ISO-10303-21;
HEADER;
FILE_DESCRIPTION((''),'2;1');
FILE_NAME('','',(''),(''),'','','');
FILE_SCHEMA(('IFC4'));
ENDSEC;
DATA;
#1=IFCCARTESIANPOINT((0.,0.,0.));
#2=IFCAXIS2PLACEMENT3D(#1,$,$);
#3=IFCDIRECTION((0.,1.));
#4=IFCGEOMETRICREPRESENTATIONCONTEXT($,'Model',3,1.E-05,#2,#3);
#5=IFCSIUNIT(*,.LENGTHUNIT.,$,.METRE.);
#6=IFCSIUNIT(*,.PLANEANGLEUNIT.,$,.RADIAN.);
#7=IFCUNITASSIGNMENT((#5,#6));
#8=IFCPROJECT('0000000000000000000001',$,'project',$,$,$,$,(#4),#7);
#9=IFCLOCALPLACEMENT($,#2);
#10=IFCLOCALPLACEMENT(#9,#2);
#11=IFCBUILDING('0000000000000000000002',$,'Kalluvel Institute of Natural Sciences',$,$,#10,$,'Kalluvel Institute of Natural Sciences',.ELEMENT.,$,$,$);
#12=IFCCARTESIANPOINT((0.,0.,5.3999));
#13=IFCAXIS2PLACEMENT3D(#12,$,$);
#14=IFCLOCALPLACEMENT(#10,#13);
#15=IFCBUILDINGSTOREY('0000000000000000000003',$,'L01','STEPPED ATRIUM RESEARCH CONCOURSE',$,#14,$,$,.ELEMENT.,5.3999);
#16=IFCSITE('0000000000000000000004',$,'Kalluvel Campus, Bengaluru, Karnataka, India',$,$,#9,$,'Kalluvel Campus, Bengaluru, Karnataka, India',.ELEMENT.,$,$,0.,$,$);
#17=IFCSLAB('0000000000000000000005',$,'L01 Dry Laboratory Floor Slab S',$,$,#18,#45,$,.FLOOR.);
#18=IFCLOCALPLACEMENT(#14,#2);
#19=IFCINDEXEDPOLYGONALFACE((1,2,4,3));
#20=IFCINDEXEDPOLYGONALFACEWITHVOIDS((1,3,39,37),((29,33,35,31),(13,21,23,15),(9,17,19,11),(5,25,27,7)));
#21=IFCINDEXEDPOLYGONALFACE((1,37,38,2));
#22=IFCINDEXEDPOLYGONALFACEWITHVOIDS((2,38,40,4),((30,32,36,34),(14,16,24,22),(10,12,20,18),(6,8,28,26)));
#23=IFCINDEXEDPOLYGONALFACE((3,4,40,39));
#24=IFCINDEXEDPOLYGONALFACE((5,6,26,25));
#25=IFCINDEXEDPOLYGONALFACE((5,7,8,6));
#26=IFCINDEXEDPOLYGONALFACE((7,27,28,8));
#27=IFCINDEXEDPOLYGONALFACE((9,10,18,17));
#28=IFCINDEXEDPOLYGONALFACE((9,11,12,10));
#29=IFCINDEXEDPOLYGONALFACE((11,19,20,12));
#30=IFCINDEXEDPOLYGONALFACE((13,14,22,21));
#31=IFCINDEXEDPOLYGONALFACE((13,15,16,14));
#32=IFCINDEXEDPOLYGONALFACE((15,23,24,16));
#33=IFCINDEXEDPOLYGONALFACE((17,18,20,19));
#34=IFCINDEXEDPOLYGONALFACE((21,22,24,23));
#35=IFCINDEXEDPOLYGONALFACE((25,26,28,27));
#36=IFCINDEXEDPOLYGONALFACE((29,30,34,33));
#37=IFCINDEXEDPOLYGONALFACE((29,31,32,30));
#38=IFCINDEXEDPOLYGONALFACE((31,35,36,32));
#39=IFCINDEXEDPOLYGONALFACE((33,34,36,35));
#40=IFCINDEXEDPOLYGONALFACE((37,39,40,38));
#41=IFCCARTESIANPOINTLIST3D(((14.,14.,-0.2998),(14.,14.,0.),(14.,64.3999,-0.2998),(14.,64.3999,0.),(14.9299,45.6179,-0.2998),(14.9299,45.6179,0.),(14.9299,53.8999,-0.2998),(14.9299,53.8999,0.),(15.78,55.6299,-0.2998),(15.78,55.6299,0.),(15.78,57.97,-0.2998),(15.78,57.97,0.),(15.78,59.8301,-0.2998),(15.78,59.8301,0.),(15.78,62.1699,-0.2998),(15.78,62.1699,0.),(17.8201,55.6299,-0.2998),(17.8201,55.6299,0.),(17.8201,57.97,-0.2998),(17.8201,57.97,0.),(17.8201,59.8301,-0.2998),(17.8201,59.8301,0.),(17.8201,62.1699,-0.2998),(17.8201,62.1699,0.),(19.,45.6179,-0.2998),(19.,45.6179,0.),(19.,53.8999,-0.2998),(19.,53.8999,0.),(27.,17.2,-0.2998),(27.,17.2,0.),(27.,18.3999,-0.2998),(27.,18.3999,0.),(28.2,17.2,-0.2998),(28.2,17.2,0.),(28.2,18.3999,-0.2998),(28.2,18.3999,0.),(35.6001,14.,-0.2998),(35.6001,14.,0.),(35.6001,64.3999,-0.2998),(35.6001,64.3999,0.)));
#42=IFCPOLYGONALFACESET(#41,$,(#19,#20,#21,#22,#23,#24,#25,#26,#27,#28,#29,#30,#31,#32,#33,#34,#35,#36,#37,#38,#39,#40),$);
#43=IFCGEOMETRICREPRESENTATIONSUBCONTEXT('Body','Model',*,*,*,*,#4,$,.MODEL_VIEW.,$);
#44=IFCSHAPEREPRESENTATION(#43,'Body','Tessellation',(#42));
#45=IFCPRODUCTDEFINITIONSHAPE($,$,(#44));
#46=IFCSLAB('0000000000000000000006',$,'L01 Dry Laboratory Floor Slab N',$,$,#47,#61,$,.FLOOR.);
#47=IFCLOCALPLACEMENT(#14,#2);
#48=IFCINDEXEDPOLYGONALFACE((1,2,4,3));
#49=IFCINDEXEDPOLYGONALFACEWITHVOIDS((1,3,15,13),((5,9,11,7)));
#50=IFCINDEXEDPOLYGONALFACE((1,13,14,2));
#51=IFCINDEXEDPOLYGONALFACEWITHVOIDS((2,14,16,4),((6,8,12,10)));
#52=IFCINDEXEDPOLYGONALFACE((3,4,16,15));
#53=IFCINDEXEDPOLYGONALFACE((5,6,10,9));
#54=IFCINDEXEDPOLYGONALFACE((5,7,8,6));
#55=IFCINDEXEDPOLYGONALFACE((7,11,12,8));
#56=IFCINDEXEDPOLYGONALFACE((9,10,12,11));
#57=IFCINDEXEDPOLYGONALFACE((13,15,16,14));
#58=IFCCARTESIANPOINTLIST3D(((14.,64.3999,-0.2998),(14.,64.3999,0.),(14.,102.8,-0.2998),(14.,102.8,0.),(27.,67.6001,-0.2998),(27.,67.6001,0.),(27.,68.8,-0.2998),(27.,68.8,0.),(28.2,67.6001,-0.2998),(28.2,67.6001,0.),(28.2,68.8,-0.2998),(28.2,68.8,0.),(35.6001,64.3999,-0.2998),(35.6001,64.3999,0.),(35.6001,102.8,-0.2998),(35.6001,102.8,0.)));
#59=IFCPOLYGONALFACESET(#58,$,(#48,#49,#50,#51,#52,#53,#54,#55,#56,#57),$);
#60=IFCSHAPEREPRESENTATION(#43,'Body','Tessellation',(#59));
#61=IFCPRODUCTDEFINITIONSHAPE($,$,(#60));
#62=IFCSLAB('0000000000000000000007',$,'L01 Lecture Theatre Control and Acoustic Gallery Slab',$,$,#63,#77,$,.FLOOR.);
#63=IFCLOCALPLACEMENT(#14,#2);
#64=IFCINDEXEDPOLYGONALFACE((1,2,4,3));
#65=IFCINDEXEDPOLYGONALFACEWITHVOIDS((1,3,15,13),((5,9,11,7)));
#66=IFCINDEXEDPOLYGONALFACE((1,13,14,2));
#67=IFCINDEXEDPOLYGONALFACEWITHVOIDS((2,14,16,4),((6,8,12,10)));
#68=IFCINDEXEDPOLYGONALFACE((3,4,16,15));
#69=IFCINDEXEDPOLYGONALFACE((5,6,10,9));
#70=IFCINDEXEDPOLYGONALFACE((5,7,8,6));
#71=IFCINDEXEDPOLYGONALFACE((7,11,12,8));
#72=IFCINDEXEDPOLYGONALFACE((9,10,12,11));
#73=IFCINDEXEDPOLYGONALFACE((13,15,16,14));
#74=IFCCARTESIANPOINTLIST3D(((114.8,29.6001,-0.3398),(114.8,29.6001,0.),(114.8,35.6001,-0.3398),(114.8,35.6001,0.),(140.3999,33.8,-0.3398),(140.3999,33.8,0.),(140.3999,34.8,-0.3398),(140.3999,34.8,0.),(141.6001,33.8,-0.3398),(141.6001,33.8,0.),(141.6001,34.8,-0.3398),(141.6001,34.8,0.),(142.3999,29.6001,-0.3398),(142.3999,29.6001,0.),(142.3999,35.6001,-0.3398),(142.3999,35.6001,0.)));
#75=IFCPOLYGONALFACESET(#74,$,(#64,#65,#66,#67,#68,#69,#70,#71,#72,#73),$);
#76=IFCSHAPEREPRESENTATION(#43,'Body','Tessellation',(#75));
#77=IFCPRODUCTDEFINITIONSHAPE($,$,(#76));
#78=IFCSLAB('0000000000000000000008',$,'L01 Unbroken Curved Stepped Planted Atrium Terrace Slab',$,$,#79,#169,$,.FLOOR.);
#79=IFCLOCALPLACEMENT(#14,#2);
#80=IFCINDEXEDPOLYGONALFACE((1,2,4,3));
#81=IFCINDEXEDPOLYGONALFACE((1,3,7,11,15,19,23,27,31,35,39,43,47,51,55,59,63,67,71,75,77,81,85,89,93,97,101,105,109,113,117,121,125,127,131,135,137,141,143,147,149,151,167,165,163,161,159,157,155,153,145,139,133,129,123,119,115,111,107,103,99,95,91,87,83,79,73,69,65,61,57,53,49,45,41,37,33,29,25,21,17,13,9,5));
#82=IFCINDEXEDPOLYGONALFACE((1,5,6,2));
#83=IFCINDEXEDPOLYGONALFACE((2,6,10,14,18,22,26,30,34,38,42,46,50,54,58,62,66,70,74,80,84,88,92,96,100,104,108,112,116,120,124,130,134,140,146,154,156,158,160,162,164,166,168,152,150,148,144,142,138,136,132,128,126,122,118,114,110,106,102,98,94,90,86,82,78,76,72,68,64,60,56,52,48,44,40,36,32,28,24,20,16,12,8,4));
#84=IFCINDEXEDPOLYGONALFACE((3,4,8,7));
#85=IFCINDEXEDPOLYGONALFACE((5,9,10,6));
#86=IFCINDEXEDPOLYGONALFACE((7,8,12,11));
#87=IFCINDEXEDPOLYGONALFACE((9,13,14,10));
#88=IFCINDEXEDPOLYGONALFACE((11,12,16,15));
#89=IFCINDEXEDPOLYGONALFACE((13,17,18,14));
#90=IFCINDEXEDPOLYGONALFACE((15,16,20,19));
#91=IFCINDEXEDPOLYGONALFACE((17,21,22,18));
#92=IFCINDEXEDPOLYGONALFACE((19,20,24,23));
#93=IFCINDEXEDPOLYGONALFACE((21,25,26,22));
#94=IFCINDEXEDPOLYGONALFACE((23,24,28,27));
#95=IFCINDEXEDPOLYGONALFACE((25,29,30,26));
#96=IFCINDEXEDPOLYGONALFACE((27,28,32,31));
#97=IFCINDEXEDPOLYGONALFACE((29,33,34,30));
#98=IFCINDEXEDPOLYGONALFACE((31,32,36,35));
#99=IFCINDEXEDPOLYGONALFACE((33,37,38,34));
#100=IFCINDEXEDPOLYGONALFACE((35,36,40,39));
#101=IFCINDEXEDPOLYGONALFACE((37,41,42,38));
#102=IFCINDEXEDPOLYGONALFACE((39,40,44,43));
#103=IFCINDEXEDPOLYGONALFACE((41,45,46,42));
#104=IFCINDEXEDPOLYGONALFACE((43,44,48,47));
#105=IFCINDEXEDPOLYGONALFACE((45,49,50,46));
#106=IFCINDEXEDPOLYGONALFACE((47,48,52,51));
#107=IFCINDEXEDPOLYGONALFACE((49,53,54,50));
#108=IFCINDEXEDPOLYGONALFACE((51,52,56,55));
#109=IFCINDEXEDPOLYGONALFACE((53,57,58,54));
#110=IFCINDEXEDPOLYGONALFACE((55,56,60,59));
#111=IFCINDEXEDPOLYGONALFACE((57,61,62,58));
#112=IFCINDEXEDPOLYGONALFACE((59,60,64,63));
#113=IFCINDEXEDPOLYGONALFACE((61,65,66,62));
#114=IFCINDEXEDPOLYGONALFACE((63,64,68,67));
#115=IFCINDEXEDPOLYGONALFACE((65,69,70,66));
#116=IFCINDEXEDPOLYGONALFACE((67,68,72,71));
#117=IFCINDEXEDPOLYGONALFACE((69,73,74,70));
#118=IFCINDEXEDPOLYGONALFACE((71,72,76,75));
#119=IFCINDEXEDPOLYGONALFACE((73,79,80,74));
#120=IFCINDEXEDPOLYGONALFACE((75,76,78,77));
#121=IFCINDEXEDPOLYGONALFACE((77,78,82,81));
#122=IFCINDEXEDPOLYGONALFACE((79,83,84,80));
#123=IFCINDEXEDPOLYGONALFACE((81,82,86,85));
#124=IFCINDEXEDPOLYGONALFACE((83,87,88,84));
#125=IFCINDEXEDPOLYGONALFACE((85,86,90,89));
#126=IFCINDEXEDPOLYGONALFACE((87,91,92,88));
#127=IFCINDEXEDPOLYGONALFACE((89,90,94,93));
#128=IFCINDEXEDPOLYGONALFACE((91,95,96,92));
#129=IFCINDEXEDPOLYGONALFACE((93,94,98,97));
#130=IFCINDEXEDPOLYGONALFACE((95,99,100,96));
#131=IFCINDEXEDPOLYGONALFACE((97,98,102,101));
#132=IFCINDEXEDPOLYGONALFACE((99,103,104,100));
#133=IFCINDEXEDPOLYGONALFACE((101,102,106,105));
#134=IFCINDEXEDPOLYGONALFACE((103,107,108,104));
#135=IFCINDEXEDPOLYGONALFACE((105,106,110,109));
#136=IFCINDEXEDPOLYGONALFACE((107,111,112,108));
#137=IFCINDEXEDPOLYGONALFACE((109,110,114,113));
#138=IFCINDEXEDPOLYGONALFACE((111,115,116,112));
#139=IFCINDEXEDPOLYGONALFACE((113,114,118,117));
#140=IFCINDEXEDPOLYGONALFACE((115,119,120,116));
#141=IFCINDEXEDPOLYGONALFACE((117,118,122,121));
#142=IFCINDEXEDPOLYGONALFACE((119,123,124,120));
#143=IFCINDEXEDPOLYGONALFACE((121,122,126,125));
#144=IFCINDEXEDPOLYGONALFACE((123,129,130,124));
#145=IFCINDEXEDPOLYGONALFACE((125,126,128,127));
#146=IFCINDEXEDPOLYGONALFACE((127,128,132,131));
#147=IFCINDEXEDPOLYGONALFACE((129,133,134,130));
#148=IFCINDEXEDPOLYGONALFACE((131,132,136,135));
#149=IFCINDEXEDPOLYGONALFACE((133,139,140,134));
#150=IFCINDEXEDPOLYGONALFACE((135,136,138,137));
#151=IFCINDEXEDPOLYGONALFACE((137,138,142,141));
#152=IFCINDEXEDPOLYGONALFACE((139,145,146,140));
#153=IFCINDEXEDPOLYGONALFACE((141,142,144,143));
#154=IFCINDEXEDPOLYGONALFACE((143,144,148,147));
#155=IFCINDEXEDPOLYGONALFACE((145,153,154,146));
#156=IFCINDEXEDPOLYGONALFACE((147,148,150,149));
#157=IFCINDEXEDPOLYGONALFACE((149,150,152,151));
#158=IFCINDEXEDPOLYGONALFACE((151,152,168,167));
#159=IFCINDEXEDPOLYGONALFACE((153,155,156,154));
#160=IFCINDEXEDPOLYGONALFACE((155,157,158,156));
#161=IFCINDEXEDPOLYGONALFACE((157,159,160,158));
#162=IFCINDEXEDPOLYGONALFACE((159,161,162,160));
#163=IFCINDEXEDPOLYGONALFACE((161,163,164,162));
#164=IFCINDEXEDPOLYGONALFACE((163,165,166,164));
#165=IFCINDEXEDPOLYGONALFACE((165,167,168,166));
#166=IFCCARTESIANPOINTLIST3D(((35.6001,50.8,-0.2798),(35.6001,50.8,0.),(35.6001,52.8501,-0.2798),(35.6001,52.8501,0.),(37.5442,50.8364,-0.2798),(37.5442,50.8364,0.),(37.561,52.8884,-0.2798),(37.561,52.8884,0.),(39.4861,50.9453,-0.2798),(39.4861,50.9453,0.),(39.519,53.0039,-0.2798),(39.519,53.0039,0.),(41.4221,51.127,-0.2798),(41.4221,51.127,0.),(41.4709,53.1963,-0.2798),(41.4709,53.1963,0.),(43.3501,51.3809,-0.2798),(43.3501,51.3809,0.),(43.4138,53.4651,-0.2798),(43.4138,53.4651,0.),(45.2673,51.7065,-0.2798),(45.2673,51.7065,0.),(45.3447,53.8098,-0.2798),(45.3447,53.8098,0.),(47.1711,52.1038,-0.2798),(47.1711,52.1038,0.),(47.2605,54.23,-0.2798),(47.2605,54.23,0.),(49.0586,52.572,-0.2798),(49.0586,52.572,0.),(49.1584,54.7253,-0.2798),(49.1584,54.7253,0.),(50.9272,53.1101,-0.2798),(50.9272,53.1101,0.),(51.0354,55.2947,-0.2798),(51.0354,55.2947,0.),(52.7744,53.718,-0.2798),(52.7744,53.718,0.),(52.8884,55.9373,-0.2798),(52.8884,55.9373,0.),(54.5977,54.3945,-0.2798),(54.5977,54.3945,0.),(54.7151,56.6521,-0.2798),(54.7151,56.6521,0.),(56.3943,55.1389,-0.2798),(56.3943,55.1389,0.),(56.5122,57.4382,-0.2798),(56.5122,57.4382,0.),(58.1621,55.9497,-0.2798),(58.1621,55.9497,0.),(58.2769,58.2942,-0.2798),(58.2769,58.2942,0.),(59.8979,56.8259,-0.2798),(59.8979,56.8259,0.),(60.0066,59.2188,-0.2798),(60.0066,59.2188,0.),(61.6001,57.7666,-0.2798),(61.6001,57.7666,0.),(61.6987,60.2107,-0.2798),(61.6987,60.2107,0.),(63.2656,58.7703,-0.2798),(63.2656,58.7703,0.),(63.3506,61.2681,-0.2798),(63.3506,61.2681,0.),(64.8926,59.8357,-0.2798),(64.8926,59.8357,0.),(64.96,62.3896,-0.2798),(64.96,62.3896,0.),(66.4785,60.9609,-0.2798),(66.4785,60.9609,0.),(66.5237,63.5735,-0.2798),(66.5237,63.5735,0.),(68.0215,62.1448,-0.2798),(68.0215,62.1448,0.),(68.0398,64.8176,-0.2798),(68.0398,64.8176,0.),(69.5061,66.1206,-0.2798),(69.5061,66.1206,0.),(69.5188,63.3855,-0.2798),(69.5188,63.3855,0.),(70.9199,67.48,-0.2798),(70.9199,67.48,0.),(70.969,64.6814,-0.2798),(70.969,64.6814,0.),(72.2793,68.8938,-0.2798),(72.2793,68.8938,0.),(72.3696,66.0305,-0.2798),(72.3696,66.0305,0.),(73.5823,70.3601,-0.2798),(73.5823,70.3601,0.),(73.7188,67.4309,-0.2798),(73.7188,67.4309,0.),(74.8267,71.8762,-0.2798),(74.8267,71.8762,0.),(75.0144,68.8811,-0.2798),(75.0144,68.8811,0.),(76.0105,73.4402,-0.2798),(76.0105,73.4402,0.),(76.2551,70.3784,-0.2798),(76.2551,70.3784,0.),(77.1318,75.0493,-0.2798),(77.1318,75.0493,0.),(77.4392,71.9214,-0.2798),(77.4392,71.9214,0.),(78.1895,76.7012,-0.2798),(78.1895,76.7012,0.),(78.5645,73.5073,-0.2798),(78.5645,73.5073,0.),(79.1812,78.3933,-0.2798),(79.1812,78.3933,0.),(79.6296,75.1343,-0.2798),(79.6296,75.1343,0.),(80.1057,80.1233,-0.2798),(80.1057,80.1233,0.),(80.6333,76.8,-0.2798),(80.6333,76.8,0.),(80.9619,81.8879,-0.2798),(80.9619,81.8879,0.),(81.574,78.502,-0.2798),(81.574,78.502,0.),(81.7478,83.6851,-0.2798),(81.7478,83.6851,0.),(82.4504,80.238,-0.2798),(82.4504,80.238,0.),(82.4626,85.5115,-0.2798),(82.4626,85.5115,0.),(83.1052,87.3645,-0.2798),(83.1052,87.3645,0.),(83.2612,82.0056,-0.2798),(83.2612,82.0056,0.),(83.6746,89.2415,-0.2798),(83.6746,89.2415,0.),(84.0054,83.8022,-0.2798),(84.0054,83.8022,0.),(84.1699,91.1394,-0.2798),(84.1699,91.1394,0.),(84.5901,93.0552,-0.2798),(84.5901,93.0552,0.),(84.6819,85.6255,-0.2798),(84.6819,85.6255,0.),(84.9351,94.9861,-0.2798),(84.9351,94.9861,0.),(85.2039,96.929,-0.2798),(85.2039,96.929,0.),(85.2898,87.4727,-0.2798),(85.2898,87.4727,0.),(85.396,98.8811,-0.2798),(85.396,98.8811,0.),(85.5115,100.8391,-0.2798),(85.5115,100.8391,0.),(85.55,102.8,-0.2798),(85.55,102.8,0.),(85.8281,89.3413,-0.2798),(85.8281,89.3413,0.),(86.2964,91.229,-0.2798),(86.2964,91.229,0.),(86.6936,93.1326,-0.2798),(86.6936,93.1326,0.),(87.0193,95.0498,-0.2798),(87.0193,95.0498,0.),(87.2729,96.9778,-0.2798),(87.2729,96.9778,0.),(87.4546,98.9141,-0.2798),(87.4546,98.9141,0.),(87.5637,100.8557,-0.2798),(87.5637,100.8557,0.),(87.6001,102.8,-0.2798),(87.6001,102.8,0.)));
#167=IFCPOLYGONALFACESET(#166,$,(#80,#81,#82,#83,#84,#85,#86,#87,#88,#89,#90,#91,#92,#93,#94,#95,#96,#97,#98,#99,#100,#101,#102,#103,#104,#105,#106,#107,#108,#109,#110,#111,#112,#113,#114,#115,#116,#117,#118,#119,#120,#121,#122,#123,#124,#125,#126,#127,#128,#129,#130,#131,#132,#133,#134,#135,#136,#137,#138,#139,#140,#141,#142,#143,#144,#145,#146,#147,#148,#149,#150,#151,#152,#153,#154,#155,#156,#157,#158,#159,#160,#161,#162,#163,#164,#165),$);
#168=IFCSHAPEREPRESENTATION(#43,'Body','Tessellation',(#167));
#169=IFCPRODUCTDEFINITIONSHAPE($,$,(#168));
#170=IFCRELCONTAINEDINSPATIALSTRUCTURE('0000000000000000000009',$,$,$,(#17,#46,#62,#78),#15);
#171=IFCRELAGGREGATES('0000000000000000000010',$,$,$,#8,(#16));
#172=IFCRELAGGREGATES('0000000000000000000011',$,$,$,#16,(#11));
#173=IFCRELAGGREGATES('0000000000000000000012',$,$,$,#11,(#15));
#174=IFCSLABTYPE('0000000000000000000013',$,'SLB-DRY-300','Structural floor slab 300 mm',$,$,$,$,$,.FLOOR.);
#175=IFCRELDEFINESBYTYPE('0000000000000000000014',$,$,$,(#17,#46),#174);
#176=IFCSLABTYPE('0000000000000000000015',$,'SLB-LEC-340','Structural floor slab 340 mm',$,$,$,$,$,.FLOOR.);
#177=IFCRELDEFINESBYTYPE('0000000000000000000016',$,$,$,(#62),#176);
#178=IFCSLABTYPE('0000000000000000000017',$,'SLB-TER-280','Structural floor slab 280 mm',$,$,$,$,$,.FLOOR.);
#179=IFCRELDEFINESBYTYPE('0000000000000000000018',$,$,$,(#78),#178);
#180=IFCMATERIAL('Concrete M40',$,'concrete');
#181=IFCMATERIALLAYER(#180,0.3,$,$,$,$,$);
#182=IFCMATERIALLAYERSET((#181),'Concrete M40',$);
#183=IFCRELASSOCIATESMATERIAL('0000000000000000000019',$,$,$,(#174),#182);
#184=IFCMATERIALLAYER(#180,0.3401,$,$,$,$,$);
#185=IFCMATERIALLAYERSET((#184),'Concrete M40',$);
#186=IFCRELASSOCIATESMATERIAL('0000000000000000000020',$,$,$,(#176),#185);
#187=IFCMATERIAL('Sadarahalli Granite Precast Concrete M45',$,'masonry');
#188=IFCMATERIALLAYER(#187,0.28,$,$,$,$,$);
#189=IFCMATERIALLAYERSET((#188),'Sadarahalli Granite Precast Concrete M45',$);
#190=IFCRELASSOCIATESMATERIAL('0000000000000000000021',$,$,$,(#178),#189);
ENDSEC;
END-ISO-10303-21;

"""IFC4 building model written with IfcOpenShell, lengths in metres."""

from ifc_helpers import new_model, si_unit, direction, frame, origin, place, context, subcontext, project, spatial, polyline, outline, extrude, material, layer, layer_set, type_object, element, save


model = new_model("IFC4")

# Units and contexts
model_context = context("Model", 3, precision=1e-05, world=origin(), true_north=direction((0.0, 1.0)))
body_context = subcontext(model_context, "Body", "Model", "MODEL_VIEW")
ifc_project = project(units=[si_unit("LENGTHUNIT", "METRE"), si_unit("PLANEANGLEUNIT", "RADIAN")], contexts=[model_context])

# Site, building, storey
site_placement = place(None, origin())
site = spatial("IfcSite", under=ifc_project, at=site_placement, Name="Kalluvel Campus, Bengaluru, Karnataka, India", LongName="Kalluvel Campus, Bengaluru, Karnataka, India", CompositionType="ELEMENT", RefElevation=0.0)
building_placement = place(site_placement, origin())
building = spatial("IfcBuilding", under=site, at=building_placement, Name="Kalluvel Institute of Natural Sciences", LongName="Kalluvel Institute of Natural Sciences", CompositionType="ELEMENT")
storey_placement = place(building_placement, frame((0.0, 0.0, 5.3999)))
storey = spatial("IfcBuildingStorey", under=building, at=storey_placement, Name="L01", Description="STEPPED ATRIUM RESEARCH CONCOURSE", CompositionType="ELEMENT", Elevation=5.3999)

# Slabs
ifc_material_1 = material(Name="Concrete M40", Category="concrete")
ifc_material_2 = material(Name="Sadarahalli Granite Precast Concrete M45", Category="masonry")
ifc_layer_1 = layer(ifc_material_1, 0.3)
ifc_layer_set_1 = layer_set([ifc_layer_1], Name="Concrete M40")
slab_type_1 = type_object("IfcSlabType", Name="SLB-DRY-300", Description="Structural floor slab 300 mm", PredefinedType="FLOOR", material=ifc_layer_set_1)
slab_1_placement = place(storey_placement, frame((0.0, 0.0, -0.2998)))
element("IfcSlab", 1, at=slab_1_placement, inside=storey, type_object=slab_type_1, Name="L01 Dry Laboratory Floor Slab S", PredefinedType="FLOOR", context=body_context, shape_type="SweptSolid", body=[
    extrude(outline(polyline([(14.0, 14.0), (35.6001, 14.0), (35.6001, 64.3999), (14.0, 64.3999), (14.0, 14.0)]), holes=[polyline([(28.2, 18.3999), (28.2, 17.2), (27.0, 17.2), (27.0, 18.3999), (28.2, 18.3999)]), polyline([(14.9299, 53.8999), (19.0, 53.8999), (19.0, 45.6179), (14.9299, 45.6179), (14.9299, 53.8999)]), polyline([(17.8201, 57.97), (17.8201, 55.6299), (15.78, 55.6299), (15.78, 57.97), (17.8201, 57.97)]), polyline([(17.8201, 62.1699), (17.8201, 59.8301), (15.78, 59.8301), (15.78, 62.1699), (17.8201, 62.1699)])]), origin(), (0.0, 0.0, 1.0), 0.2998),
])
slab_2_placement = place(storey_placement, frame((0.0, 0.0, -0.2998)))
element("IfcSlab", 2, at=slab_2_placement, inside=storey, type_object=slab_type_1, Name="L01 Dry Laboratory Floor Slab N", PredefinedType="FLOOR", context=body_context, shape_type="SweptSolid", body=[
    extrude(outline(polyline([(14.0, 64.3999), (35.6001, 64.3999), (35.6001, 102.8), (14.0, 102.8), (14.0, 64.3999)]), holes=[polyline([(27.0, 67.6001), (27.0, 68.8), (28.2, 68.8), (28.2, 67.6001), (27.0, 67.6001)])]), origin(), (0.0, 0.0, 1.0), 0.2998),
])
ifc_layer_2 = layer(ifc_material_1, 0.3401)
ifc_layer_set_2 = layer_set([ifc_layer_2], Name="Concrete M40")
slab_type_2 = type_object("IfcSlabType", Name="SLB-LEC-340", Description="Structural floor slab 340 mm", PredefinedType="FLOOR", material=ifc_layer_set_2)
slab_3_placement = place(storey_placement, frame((0.0, 0.0, -0.3398)))
element("IfcSlab", 3, at=slab_3_placement, inside=storey, type_object=slab_type_2, Name="L01 Lecture Theatre Control and Acoustic Gallery Slab", PredefinedType="FLOOR", context=body_context, shape_type="SweptSolid", body=[
    extrude(outline(polyline([(114.8, 29.6001), (142.3999, 29.6001), (142.3999, 35.6001), (114.8, 35.6001), (114.8, 29.6001)]), holes=[polyline([(140.3999, 33.8), (140.3999, 34.8), (141.6001, 34.8), (141.6001, 33.8), (140.3999, 33.8)])]), origin(), (0.0, 0.0, 1.0), 0.3398),
])
ifc_layer_3 = layer(ifc_material_2, 0.28)
ifc_layer_set_3 = layer_set([ifc_layer_3], Name="Sadarahalli Granite Precast Concrete M45")
slab_type_3 = type_object("IfcSlabType", Name="SLB-TER-280", Description="Structural floor slab 280 mm", PredefinedType="FLOOR", material=ifc_layer_set_3)
slab_4_placement = place(storey_placement, frame((0.0, 0.0, -0.2798)))
element("IfcSlab", 4, at=slab_4_placement, inside=storey, type_object=slab_type_3, Name="L01 Unbroken Curved Stepped Planted Atrium Terrace Slab", PredefinedType="FLOOR", context=body_context, shape_type="SweptSolid", body=[
    extrude(outline(polyline([(35.6001, 50.8), (37.5442, 50.8364), (39.4861, 50.9453), (41.4221, 51.127), (43.3501, 51.3809), (45.2673, 51.7065), (47.1711, 52.1038), (49.0586, 52.572), (50.9272, 53.1101), (52.7744, 53.718), (54.5977, 54.3945), (56.3943, 55.1389), (58.1621, 55.9497), (59.8979, 56.8259), (61.6001, 57.7666), (63.2656, 58.7703), (64.8926, 59.8357), (66.4785, 60.9609), (68.0215, 62.1448), (69.5188, 63.3855), (70.969, 64.6814), (72.3696, 66.0305), (73.7188, 67.4309), (75.0144, 68.8811), (76.2551, 70.3784), (77.4392, 71.9214), (78.5645, 73.5073), (79.6296, 75.1343), (80.6333, 76.8), (81.574, 78.502), (82.4504, 80.238), (83.2612, 82.0056), (84.0054, 83.8022), (84.6819, 85.6255), (85.2898, 87.4727), (85.8281, 89.3413), (86.2964, 91.229), (86.6936, 93.1326), (87.0193, 95.0498), (87.2729, 96.9778), (87.4546, 98.9141), (87.5637, 100.8557), (87.6001, 102.8), (85.55, 102.8), (85.5115, 100.8391), (85.396, 98.8811), (85.2039, 96.929), (84.9351, 94.9861), (84.5901, 93.0552), (84.1699, 91.1394), (83.6746, 89.2415), (83.1052, 87.3645), (82.4626, 85.5115), (81.7478, 83.6851), (80.9619, 81.8879), (80.1057, 80.1233), (79.1812, 78.3933), (78.1895, 76.7012), (77.1318, 75.0493), (76.0105, 73.4402), (74.8267, 71.8762), (73.5823, 70.3601), (72.2793, 68.8938), (70.9199, 67.48), (69.5061, 66.1206), (68.0398, 64.8176), (66.5237, 63.5735), (64.96, 62.3896), (63.3506, 61.2681), (61.6987, 60.2107), (60.0066, 59.2188), (58.2769, 58.2942), (56.5122, 57.4382), (54.7151, 56.6521), (52.8884, 55.9373), (51.0354, 55.2947), (49.1584, 54.7253), (47.2605, 54.23), (45.3447, 53.8098), (43.4138, 53.4651), (41.4709, 53.1963), (39.519, 53.0039), (37.561, 52.8884), (35.6001, 52.8501), (35.6001, 50.8)])), origin(), (0.0, 0.0, 1.0), 0.2798),
])

save(model, "model.ifc")
